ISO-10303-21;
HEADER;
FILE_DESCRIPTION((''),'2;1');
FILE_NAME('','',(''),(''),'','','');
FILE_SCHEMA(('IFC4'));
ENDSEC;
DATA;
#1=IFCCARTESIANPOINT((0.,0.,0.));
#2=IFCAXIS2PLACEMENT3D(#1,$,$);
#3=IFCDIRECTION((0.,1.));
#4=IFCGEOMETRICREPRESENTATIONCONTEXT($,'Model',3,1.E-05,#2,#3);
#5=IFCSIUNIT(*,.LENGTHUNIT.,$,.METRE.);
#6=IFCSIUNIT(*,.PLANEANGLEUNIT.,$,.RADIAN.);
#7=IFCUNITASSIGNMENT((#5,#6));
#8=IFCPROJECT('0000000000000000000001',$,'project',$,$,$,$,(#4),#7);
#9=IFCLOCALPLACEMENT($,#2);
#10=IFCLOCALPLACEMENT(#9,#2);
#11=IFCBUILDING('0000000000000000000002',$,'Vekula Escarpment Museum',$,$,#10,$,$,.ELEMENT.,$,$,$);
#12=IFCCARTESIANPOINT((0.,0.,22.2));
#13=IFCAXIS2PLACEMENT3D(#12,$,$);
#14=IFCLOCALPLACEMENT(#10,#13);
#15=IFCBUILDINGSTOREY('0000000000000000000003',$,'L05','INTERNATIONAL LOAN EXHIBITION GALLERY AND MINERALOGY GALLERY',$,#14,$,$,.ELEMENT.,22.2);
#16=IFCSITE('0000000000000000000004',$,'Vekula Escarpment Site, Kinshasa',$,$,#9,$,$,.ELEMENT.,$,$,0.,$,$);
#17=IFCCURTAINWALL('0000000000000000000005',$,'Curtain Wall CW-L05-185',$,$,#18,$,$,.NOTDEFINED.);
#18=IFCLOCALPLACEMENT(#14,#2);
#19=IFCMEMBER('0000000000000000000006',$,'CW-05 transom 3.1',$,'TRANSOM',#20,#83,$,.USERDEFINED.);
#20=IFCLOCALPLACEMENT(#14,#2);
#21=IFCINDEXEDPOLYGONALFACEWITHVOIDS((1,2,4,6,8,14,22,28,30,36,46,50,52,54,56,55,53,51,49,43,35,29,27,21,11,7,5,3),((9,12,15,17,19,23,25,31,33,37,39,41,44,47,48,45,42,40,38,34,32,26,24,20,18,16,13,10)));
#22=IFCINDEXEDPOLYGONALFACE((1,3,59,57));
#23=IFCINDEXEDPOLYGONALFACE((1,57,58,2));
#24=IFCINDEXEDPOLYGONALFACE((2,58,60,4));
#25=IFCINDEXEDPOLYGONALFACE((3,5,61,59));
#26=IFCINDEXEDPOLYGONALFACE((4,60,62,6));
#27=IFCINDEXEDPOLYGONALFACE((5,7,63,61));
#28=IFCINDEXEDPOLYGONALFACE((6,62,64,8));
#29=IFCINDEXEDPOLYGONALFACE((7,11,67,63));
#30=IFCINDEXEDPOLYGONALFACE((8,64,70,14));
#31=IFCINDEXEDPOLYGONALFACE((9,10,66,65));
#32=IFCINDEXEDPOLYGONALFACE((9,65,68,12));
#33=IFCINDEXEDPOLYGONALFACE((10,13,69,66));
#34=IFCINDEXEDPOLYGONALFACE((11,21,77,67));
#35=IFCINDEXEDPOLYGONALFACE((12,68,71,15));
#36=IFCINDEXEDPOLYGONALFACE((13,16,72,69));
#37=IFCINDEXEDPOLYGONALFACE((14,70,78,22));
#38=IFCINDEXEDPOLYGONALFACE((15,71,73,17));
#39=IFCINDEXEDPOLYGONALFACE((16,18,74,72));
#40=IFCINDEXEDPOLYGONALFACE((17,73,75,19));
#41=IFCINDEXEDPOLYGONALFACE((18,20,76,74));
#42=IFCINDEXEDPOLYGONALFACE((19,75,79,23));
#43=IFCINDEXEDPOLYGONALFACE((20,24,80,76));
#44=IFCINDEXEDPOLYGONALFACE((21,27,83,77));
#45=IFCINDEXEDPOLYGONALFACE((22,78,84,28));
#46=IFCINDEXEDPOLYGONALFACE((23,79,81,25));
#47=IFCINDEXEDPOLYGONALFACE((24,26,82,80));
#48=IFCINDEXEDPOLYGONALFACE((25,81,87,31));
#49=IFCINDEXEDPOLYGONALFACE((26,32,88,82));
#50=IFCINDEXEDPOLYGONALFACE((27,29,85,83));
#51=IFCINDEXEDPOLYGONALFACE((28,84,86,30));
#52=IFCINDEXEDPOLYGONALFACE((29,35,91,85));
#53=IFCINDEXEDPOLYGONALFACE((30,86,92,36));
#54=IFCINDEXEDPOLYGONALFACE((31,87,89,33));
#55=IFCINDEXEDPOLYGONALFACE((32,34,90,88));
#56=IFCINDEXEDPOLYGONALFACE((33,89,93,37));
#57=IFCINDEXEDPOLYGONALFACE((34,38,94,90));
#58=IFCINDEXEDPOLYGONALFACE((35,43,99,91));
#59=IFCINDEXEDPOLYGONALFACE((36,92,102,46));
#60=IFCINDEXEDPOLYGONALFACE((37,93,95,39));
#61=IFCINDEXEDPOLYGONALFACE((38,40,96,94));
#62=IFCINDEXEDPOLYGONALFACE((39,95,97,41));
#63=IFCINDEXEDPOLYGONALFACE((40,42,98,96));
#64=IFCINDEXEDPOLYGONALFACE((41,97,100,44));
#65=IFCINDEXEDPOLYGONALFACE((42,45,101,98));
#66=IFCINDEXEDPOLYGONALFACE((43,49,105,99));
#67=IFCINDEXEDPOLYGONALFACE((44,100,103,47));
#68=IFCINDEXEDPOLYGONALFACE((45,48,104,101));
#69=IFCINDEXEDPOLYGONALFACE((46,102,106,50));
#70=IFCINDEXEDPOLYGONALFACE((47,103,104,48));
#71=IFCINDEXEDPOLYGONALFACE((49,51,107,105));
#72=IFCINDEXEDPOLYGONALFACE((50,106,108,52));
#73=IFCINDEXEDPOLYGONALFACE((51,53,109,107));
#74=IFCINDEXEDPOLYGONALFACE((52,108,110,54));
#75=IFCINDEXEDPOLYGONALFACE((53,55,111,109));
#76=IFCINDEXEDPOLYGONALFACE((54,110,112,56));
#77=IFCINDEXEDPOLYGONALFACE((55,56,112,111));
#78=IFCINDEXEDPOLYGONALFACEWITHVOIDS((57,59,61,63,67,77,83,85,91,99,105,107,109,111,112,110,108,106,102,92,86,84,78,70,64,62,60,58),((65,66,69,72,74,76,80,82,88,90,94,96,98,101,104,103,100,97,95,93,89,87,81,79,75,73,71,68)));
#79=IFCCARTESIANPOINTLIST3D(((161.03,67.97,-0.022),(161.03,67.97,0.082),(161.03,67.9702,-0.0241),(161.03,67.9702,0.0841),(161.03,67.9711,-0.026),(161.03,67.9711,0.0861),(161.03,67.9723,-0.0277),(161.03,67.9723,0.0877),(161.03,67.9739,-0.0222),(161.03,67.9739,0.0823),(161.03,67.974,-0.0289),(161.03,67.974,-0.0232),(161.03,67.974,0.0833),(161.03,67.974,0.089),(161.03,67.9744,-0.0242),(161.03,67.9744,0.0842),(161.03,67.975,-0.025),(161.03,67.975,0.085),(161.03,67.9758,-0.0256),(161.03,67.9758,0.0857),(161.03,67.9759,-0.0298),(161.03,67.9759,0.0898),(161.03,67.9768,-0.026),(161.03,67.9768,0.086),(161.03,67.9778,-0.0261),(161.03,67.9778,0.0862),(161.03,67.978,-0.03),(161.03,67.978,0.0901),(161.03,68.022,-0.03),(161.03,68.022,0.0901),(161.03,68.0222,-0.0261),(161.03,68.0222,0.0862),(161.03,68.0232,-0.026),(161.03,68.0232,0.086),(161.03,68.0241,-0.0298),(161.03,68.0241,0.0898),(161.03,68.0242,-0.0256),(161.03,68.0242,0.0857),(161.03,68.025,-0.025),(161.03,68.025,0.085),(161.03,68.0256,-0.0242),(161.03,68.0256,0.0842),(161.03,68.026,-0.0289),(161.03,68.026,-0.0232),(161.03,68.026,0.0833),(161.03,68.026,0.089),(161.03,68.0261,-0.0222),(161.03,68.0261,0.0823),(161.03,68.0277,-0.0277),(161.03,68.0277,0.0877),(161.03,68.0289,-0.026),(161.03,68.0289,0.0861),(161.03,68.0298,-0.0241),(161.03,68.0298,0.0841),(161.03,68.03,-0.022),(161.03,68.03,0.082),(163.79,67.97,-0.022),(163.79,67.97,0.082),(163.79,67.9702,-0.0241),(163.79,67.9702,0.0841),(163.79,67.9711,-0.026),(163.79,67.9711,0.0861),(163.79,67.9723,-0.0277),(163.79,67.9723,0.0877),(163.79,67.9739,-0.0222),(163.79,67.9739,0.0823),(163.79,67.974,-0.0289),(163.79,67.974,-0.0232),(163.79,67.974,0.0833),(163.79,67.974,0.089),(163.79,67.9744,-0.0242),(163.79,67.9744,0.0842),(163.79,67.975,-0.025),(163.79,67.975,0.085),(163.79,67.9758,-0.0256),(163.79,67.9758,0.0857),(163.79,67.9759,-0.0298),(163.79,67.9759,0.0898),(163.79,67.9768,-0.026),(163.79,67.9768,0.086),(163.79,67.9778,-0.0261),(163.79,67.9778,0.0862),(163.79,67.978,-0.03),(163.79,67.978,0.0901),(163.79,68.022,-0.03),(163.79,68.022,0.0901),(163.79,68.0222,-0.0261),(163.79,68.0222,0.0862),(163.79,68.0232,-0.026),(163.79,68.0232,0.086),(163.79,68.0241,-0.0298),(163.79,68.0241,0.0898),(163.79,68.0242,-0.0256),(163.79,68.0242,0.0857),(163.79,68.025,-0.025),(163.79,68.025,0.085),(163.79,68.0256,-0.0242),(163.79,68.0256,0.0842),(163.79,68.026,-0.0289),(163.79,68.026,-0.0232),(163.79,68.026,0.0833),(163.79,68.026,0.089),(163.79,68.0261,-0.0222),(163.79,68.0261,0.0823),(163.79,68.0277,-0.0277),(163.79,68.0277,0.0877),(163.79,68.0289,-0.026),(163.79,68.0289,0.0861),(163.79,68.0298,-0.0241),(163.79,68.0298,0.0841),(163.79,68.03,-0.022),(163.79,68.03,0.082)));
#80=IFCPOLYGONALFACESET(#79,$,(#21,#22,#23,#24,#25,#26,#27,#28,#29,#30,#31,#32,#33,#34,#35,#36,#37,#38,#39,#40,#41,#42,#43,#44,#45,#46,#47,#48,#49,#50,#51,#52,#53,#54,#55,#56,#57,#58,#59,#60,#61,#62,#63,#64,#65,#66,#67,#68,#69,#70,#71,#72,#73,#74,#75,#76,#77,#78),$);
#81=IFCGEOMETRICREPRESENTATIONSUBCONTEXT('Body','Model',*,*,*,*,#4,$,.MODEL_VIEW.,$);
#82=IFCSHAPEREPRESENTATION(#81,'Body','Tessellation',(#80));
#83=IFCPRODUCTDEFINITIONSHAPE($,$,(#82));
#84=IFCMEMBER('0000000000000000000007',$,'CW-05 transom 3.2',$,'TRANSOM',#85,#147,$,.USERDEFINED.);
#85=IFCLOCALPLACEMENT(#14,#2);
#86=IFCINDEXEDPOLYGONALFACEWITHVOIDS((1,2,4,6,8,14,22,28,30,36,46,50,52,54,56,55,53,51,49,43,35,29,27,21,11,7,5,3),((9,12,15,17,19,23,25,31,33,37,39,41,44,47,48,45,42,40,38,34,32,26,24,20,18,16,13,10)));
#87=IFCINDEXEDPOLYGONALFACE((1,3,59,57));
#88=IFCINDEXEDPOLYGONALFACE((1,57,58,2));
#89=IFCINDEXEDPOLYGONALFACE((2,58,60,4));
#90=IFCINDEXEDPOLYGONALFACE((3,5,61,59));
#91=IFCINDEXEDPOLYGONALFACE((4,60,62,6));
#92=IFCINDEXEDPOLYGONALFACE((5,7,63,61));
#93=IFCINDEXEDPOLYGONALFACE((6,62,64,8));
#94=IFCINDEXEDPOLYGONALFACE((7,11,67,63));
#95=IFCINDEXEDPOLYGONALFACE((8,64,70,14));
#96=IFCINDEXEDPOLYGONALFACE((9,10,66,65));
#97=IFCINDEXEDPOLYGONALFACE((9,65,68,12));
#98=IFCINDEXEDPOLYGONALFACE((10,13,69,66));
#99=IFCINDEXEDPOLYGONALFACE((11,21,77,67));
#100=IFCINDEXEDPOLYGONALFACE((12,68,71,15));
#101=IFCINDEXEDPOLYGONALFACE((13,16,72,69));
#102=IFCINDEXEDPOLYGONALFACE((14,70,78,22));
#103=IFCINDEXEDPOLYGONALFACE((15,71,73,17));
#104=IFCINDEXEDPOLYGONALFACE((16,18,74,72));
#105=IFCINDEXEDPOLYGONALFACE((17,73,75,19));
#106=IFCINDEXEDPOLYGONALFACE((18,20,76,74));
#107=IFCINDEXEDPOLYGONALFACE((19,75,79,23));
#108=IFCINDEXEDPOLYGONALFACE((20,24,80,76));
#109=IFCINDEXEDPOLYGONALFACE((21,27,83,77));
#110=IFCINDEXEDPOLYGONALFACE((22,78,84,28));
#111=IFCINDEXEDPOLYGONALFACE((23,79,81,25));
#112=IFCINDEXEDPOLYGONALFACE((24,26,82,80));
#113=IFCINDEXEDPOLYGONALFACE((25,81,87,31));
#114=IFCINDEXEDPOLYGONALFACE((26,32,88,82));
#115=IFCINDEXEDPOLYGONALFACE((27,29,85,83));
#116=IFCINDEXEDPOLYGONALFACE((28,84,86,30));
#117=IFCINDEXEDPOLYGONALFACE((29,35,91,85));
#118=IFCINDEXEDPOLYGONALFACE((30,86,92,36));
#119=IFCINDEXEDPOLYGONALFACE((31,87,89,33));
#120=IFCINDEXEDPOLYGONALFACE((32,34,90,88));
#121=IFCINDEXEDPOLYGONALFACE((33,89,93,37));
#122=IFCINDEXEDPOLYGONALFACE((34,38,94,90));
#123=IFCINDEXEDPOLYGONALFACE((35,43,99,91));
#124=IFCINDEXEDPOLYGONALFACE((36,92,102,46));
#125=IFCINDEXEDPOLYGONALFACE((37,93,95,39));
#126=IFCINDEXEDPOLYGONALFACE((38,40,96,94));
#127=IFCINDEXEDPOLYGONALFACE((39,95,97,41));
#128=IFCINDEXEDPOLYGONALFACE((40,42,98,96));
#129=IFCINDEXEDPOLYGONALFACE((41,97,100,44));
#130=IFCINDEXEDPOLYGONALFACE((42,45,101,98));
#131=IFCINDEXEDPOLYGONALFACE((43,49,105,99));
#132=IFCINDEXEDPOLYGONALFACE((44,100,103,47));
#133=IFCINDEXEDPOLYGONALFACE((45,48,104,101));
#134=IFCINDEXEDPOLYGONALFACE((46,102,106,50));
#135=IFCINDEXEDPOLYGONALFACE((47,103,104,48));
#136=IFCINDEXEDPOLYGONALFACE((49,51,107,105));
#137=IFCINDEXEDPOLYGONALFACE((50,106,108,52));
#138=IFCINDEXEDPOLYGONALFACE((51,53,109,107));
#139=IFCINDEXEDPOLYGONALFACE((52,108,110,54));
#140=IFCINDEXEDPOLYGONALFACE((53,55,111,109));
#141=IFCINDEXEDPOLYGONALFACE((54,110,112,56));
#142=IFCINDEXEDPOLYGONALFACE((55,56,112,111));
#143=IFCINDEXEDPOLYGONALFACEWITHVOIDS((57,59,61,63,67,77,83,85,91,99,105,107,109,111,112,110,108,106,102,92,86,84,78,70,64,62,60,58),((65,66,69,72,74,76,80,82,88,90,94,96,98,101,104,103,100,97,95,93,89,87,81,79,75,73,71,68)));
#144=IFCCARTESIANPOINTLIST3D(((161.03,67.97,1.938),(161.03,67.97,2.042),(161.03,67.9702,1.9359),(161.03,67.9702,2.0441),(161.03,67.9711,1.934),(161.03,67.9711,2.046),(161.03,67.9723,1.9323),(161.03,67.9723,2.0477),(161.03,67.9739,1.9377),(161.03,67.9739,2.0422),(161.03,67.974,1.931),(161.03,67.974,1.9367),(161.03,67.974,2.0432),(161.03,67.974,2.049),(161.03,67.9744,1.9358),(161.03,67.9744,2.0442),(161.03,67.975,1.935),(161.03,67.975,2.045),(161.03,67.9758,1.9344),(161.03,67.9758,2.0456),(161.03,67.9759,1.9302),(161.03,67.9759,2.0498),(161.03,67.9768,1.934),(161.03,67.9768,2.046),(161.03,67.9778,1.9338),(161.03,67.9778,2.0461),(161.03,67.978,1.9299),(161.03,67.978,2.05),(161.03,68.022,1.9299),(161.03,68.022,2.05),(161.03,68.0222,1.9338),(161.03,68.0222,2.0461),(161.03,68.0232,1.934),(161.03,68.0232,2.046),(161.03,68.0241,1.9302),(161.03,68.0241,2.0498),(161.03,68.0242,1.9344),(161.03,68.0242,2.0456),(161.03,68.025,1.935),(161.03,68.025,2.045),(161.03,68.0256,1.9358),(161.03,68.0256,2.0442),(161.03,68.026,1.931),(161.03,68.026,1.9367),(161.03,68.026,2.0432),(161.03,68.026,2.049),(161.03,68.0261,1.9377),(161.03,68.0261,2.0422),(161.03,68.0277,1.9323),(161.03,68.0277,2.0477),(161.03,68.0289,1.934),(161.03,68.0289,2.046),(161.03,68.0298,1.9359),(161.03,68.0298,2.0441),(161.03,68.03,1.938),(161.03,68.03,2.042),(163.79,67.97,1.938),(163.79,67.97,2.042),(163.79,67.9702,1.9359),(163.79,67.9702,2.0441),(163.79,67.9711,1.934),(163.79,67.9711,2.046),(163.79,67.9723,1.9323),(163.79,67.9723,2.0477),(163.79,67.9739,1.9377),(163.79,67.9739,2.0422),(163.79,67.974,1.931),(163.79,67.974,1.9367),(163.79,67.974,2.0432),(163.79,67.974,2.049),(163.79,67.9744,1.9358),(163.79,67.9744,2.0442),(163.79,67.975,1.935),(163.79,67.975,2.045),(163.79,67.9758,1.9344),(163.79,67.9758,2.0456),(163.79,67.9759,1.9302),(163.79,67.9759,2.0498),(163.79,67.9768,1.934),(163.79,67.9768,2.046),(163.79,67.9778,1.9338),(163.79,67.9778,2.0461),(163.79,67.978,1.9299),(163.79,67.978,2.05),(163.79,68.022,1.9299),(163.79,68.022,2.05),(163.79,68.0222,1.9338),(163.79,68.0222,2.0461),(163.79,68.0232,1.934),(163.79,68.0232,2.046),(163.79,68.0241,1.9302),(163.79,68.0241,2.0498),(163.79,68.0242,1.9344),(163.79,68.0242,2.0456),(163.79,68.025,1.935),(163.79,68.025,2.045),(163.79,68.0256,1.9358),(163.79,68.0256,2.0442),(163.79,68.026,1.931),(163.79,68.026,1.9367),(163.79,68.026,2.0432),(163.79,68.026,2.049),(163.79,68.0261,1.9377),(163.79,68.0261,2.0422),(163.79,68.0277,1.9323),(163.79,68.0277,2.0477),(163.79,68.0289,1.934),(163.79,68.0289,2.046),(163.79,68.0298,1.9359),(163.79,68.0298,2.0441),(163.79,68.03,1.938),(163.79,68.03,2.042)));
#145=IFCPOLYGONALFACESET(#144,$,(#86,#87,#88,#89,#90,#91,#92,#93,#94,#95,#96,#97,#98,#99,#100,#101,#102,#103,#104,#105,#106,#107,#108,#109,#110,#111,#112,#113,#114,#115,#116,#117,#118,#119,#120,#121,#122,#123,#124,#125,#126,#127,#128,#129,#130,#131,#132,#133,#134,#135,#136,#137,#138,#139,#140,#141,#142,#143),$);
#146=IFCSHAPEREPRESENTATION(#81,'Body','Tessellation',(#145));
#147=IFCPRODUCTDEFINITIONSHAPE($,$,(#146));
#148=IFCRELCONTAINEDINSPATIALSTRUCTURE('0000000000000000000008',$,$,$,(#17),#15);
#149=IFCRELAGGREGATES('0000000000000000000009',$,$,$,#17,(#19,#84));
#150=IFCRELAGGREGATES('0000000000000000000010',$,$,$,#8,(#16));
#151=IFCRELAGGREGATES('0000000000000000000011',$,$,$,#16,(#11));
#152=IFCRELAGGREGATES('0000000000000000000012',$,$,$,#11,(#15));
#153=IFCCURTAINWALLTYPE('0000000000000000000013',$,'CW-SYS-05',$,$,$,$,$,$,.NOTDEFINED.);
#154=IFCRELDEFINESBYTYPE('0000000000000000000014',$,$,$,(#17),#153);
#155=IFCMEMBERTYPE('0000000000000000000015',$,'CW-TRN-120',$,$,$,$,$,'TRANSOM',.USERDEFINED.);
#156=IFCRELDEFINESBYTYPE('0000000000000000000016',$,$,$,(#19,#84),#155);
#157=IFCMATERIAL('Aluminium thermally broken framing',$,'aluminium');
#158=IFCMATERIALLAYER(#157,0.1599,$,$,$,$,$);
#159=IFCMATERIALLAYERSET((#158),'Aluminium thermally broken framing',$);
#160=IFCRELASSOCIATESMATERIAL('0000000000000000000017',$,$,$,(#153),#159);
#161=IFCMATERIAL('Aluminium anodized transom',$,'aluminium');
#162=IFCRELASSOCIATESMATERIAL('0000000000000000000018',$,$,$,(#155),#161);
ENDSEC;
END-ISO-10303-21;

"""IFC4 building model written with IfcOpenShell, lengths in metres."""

from ifc_helpers import new_model, si_unit, direction, frame, origin, origin_2d, place, context, subcontext, project, spatial, hollow_rectangle, extrude, material, layer, layer_set, material_profile, profile_set, type_object, element, aggregate, save


model = new_model("IFC4")

# Units and contexts
model_context = context("Model", 3, precision=1e-05, world=origin(), true_north=direction((0.0, 1.0)))
body_context = subcontext(model_context, "Body", "Model", "MODEL_VIEW")
ifc_project = project(units=[si_unit("LENGTHUNIT", "METRE"), si_unit("PLANEANGLEUNIT", "RADIAN")], contexts=[model_context])

# Site, building, storey
site_placement = place(None, origin())
site = spatial("IfcSite", under=ifc_project, at=site_placement, Name="Vekula Escarpment Site, Kinshasa", CompositionType="ELEMENT", RefElevation=0.0)
building_placement = place(site_placement, origin())
building = spatial("IfcBuilding", under=site, at=building_placement, Name="Vekula Escarpment Museum", CompositionType="ELEMENT")
storey_placement = place(building_placement, frame((0.0, 0.0, 22.2)))
storey = spatial("IfcBuildingStorey", under=building, at=storey_placement, Name="L05", Description="INTERNATIONAL LOAN EXHIBITION GALLERY AND MINERALOGY GALLERY", CompositionType="ELEMENT", Elevation=22.2)

# Curtain wall, members
ifc_material_1 = material(Name="Aluminium thermally broken framing", Category="aluminium")
ifc_layer_1 = layer(ifc_material_1, 0.1599)
ifc_layer_set_1 = layer_set([ifc_layer_1], Name="Aluminium thermally broken framing")
curtain_wall_type_1 = type_object("IfcCurtainWallType", Name="CW-SYS-05", PredefinedType="NOTDEFINED", material=ifc_layer_set_1)
curtain_wall_1_placement = place(storey_placement, origin())
curtain_wall_1 = element("IfcCurtainWall", 1, at=curtain_wall_1_placement, inside=storey, type_object=curtain_wall_type_1, Name="Curtain Wall CW-L05-185", PredefinedType="NOTDEFINED")
ifc_material_2 = material(Name="Aluminium anodized transom", Category="aluminium")
ifc_material_profile_1 = material_profile(ifc_material_2, hollow_rectangle(XDim=0.0601, YDim=0.1201, WallThickness=0.0039, InnerFilletRadius=0.0039, OuterFilletRadius=0.0081, at=origin_2d()), Name="ALU 120x60x4")
ifc_profile_set_1 = profile_set([ifc_material_profile_1], Name="Aluminium anodized transom")
member_type_1 = type_object("IfcMemberType", Name="CW-TRN-120", ElementType="TRANSOM", PredefinedType="USERDEFINED", material=ifc_profile_set_1)
member_1_placement = place(storey_placement, frame((161.03, 68.0, 0.03), z_axis=(1.0, 0.0, 0.0), x_axis=(0.0, 1.0, 0.0)))
member_1 = element("IfcMember", 2, at=member_1_placement, type_object=member_type_1, Name="CW-05 transom 3.1", ObjectType="TRANSOM", PredefinedType="USERDEFINED", context=body_context, shape_type="SweptSolid", body=[
    extrude(hollow_rectangle(XDim=0.0601, YDim=0.1201, WallThickness=0.0039, InnerFilletRadius=0.0039, OuterFilletRadius=0.0081, at=origin_2d()), origin(), (0.0, 0.0, 1.0), 2.76),
])
member_2_placement = place(storey_placement, frame((161.03, 68.0, 1.99), z_axis=(1.0, 0.0, 0.0), x_axis=(0.0, 1.0, 0.0)))
member_2 = element("IfcMember", 3, at=member_2_placement, type_object=member_type_1, Name="CW-05 transom 3.2", ObjectType="TRANSOM", PredefinedType="USERDEFINED", context=body_context, shape_type="SweptSolid", body=[
    extrude(hollow_rectangle(XDim=0.0601, YDim=0.1201, WallThickness=0.0039, InnerFilletRadius=0.0039, OuterFilletRadius=0.0081, at=origin_2d()), origin(), (0.0, 0.0, 1.0), 2.76),
])

aggregate(curtain_wall_1, [member_1, member_2])

save(model, "model.ifc")
